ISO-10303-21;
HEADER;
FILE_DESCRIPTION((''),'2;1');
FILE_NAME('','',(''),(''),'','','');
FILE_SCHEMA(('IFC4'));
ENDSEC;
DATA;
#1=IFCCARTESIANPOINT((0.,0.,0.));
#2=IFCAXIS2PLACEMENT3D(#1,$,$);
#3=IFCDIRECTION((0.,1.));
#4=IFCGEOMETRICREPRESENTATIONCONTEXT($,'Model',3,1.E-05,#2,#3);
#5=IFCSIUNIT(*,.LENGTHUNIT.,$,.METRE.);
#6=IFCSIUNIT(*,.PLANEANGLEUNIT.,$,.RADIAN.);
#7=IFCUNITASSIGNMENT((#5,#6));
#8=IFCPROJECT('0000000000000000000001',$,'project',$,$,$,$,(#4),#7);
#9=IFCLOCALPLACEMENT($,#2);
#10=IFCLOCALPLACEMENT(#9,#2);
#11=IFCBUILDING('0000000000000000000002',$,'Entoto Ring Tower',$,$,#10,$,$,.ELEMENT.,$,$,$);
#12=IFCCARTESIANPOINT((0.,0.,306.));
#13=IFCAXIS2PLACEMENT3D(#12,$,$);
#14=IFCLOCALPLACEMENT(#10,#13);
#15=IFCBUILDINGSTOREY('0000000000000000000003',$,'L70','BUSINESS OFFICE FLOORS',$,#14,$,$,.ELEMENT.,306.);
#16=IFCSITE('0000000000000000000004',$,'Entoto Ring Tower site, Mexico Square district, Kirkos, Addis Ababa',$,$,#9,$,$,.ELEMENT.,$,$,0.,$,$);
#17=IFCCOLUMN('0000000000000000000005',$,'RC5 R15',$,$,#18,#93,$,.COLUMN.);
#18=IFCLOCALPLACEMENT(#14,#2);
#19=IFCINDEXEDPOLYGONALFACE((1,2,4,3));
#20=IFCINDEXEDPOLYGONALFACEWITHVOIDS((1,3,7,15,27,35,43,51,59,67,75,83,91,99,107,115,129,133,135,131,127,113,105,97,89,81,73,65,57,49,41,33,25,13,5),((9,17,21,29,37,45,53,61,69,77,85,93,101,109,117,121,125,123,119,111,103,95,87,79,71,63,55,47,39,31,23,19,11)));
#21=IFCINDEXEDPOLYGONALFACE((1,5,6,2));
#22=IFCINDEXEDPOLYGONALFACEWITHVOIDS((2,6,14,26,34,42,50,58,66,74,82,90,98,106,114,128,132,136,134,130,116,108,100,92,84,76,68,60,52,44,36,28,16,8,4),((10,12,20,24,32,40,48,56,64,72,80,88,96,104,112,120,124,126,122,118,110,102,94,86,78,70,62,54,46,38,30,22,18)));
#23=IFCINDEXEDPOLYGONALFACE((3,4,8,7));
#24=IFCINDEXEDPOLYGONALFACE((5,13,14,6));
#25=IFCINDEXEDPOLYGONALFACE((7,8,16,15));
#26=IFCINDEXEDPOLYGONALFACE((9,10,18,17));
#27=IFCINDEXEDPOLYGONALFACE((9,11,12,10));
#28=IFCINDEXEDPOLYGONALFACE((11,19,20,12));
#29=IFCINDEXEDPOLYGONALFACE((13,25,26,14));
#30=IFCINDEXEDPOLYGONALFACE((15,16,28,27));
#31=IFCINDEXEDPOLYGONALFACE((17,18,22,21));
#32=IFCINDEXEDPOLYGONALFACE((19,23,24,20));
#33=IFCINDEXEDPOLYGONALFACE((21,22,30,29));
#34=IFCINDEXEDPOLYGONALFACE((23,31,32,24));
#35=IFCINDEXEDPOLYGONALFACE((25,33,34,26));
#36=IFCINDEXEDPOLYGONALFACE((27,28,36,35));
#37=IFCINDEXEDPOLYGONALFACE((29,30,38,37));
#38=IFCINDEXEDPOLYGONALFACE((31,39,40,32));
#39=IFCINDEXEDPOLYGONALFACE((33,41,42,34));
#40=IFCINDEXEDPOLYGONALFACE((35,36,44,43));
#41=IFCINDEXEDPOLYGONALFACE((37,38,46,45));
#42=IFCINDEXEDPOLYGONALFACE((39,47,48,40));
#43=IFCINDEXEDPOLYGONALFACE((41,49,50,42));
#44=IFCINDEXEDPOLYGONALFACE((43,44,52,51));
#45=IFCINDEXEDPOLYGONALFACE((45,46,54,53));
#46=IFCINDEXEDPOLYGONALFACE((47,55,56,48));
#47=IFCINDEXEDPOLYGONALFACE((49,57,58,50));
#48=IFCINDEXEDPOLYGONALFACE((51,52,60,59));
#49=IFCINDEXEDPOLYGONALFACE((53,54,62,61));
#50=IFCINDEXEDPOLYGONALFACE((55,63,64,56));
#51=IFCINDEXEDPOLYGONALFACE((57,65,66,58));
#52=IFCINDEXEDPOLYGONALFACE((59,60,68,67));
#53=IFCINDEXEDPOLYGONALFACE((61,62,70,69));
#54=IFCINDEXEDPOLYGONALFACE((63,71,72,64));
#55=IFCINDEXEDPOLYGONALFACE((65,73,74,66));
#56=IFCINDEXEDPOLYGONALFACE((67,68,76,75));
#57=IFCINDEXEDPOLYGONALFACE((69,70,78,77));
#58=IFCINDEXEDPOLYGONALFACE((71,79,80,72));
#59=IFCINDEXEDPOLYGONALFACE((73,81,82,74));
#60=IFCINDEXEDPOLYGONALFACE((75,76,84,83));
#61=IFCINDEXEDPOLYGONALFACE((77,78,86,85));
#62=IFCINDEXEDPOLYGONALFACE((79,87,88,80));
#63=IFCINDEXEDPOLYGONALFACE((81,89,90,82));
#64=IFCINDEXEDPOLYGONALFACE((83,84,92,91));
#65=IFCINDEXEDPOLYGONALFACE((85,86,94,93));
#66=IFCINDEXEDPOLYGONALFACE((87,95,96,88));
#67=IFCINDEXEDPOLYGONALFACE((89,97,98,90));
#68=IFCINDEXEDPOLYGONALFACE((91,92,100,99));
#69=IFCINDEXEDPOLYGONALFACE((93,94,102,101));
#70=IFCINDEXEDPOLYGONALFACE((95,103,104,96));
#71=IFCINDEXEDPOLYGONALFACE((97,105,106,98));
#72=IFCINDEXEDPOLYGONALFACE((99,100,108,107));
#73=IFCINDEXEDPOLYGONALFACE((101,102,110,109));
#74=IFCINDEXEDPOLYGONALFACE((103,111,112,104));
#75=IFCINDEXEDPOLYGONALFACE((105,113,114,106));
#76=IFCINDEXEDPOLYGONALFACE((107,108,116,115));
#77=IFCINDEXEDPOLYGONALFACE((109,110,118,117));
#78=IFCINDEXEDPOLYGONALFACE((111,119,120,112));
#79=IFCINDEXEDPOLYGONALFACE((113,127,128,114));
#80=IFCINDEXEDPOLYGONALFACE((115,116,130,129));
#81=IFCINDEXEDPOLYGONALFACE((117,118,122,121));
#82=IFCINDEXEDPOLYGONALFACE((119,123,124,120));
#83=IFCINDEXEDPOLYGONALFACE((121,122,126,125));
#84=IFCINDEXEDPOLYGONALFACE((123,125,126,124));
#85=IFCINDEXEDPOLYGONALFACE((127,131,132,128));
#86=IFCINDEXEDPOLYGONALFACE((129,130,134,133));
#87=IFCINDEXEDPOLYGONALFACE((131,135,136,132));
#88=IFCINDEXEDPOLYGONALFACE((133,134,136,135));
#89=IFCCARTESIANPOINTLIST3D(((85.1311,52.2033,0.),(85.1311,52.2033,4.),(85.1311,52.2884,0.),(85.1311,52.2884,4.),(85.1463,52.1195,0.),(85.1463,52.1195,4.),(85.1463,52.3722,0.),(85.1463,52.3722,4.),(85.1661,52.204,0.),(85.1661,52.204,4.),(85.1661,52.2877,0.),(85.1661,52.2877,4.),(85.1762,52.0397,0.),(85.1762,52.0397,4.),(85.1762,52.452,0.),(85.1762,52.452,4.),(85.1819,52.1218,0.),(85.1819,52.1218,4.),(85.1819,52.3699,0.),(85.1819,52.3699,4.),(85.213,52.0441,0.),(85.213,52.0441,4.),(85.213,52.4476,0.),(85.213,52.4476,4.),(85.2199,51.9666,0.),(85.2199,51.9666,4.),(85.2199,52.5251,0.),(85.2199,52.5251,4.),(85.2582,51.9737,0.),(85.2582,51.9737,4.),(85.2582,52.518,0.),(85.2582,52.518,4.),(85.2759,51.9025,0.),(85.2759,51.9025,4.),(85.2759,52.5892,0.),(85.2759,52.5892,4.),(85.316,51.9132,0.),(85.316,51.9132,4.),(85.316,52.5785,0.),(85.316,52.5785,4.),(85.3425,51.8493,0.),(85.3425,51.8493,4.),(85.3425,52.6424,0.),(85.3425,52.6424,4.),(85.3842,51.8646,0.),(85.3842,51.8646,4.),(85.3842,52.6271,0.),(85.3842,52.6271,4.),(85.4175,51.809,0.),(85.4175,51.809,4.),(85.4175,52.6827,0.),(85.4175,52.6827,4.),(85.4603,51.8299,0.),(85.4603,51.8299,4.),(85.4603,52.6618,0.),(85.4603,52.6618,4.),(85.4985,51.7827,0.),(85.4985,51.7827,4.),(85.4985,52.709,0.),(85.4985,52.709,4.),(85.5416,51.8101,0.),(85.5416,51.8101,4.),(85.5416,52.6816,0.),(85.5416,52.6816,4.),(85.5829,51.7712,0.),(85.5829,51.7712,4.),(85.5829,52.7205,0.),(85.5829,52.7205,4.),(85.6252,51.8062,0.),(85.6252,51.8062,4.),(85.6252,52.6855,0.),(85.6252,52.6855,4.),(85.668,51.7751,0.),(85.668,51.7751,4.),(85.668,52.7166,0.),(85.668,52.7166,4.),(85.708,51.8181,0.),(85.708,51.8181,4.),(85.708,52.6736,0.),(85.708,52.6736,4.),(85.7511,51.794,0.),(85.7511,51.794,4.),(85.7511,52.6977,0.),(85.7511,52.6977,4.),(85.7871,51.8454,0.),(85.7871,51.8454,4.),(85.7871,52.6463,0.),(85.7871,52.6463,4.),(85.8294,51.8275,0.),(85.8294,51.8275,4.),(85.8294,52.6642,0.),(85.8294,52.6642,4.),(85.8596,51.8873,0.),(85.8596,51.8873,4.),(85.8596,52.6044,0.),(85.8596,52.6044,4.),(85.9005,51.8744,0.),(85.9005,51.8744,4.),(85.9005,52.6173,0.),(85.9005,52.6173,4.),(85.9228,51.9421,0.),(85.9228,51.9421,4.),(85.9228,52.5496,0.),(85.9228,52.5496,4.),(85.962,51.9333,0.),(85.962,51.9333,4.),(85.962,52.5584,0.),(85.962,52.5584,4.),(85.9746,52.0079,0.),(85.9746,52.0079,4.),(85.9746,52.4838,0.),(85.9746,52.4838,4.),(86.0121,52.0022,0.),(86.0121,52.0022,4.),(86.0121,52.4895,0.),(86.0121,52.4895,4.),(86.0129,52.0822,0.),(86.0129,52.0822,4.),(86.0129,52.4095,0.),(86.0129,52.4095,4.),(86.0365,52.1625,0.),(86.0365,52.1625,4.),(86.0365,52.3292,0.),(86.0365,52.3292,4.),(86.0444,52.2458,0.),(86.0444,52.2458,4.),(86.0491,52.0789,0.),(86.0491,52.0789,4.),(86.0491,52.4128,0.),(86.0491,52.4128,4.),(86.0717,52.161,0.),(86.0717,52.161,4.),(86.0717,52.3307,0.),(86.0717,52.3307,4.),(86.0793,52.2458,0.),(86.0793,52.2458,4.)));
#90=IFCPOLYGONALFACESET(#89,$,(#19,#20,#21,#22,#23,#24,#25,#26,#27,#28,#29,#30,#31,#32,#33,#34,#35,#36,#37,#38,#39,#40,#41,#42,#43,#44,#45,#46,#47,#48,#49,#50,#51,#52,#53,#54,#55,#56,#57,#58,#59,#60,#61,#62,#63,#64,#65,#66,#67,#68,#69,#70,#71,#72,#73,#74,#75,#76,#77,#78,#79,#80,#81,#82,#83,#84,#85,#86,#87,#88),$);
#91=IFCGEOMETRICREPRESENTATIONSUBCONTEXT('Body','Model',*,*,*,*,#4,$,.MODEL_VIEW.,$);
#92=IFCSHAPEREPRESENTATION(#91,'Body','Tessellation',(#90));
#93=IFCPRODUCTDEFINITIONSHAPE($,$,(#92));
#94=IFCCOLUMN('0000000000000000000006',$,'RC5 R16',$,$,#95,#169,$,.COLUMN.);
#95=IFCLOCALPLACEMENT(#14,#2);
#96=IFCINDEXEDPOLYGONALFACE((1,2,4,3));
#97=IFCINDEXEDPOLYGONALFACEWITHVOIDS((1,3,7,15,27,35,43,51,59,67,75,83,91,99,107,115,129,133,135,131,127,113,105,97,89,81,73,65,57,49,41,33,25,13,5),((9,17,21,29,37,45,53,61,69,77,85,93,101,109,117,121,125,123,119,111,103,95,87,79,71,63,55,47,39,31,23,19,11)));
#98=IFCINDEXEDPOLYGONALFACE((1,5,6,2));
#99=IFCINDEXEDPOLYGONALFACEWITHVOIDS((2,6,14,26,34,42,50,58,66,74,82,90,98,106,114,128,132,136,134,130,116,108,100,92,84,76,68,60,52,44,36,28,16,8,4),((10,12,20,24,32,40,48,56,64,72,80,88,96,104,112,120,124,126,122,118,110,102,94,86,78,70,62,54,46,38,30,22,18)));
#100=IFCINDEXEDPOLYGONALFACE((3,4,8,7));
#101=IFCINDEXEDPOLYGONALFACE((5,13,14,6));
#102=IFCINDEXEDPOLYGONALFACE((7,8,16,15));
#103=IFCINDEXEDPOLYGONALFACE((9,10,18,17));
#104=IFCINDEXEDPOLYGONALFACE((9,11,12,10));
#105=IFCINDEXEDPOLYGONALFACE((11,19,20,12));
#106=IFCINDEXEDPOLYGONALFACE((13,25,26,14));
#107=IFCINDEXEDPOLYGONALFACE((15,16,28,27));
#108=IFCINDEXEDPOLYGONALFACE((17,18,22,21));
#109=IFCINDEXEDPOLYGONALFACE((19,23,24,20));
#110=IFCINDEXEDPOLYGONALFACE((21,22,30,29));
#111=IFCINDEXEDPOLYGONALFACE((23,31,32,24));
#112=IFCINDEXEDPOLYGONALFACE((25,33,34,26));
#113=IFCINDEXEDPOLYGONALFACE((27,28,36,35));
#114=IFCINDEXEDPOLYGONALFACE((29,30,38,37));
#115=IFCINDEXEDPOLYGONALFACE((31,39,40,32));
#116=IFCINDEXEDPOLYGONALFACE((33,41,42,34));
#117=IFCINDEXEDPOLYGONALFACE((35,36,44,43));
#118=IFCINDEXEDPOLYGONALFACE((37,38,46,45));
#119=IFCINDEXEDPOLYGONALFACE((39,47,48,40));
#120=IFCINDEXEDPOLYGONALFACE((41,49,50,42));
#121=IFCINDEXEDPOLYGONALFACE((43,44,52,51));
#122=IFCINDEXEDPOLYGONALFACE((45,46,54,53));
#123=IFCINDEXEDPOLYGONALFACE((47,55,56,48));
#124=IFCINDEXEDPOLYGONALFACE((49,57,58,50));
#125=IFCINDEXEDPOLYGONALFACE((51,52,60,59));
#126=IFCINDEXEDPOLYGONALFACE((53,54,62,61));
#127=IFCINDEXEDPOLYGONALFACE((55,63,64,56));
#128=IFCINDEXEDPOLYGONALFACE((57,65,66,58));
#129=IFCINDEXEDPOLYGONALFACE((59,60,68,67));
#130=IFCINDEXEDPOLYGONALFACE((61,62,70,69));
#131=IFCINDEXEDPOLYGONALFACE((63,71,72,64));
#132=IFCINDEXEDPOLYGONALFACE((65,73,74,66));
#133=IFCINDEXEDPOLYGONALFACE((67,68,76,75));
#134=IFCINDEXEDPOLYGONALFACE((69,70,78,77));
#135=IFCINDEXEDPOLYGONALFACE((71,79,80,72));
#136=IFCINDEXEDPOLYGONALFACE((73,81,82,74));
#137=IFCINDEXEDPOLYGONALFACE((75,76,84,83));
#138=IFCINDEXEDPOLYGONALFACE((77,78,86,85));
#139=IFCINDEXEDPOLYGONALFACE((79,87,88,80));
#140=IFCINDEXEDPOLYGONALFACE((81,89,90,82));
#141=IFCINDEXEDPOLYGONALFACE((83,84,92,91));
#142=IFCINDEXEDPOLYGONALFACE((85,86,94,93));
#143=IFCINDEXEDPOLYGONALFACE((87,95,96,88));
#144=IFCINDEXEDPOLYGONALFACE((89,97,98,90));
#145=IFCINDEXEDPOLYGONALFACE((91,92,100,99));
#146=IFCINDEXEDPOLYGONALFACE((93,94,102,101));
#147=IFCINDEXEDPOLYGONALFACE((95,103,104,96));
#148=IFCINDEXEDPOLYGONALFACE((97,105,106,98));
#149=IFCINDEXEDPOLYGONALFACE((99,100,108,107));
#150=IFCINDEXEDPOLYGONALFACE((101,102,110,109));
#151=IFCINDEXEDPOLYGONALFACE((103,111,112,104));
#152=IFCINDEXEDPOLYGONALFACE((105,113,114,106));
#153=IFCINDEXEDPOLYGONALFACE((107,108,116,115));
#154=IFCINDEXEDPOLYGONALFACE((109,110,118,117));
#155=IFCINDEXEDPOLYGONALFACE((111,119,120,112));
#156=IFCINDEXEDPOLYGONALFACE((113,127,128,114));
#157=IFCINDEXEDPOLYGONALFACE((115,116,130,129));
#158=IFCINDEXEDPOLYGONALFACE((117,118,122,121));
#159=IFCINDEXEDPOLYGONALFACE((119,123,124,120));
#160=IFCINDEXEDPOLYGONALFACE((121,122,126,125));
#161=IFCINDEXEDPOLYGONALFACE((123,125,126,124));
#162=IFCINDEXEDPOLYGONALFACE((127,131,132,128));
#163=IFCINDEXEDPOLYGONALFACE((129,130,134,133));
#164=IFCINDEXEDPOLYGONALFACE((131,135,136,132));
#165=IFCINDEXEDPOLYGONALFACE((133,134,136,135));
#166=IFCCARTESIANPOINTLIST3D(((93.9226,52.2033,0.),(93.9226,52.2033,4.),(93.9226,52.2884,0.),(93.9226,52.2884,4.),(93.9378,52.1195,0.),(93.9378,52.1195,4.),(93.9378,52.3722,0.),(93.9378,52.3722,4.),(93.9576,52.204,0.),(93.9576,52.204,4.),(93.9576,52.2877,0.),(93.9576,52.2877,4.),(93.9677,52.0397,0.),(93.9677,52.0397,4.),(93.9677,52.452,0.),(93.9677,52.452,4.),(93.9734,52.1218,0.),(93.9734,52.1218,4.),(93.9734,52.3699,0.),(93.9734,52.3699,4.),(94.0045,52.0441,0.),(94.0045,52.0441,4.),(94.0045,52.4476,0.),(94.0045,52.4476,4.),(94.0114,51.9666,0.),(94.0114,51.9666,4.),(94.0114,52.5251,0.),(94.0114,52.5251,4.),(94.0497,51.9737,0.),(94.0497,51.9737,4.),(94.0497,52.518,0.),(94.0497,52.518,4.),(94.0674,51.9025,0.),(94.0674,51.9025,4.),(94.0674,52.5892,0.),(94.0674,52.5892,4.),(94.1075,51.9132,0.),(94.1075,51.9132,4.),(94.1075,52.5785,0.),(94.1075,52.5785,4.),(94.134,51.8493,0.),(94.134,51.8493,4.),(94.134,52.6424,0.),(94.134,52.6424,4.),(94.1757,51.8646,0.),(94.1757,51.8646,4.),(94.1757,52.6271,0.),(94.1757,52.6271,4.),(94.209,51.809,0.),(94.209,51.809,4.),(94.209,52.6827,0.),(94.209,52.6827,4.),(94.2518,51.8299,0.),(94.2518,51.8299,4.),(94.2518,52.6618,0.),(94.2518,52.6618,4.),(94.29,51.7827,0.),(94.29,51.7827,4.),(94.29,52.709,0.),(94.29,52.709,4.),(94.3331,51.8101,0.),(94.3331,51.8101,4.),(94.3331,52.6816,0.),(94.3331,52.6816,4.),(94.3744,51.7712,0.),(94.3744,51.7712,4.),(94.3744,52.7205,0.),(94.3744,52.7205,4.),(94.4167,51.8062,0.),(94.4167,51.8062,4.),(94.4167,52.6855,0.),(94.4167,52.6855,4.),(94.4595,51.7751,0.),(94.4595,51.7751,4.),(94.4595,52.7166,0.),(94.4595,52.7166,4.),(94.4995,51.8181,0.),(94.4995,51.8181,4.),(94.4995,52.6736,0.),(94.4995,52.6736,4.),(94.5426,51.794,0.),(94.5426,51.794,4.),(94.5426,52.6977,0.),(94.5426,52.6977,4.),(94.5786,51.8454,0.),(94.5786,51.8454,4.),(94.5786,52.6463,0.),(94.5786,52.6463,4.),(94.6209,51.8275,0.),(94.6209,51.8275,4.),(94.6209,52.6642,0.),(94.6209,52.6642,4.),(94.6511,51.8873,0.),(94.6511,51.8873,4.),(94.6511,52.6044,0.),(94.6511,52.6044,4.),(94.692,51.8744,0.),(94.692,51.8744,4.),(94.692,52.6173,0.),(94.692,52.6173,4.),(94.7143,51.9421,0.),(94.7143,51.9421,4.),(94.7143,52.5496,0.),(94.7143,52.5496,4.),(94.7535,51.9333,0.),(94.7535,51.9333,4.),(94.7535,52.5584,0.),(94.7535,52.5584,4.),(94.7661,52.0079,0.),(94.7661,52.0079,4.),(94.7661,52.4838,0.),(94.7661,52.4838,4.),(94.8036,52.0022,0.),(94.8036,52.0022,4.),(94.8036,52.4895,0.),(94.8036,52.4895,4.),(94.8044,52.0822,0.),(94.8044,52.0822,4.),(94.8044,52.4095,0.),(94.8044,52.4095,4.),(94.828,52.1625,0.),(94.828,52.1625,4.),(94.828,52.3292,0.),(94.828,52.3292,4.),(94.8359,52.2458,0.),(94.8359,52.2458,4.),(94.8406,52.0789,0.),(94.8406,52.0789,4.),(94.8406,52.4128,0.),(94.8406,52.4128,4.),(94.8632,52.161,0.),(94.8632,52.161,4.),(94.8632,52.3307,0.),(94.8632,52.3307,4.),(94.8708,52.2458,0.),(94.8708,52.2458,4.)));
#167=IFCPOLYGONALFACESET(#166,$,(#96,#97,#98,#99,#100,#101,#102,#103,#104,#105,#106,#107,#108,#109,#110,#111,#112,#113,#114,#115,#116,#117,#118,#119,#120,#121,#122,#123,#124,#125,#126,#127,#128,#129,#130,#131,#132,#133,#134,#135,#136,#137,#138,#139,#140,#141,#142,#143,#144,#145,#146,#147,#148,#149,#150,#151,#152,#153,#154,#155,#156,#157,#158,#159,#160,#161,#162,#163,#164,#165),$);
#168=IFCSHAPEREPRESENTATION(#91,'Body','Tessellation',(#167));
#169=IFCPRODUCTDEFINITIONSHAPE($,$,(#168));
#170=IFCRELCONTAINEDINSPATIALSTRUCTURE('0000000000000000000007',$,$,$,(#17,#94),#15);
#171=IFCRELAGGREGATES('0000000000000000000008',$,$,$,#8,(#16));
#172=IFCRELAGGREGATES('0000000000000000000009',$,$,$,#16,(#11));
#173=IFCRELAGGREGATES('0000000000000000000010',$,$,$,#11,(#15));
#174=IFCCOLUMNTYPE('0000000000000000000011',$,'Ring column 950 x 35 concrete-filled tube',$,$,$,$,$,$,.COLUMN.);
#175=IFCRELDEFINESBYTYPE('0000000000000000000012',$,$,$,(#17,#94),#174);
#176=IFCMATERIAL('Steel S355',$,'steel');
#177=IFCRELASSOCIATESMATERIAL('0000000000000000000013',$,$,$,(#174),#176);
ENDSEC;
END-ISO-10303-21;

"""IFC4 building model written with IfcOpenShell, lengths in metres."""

from ifc_helpers import new_model, si_unit, direction, frame, origin, origin_2d, place, context, subcontext, project, spatial, circle, hollow_circle, extrude, material, material_profile, profile_set, type_object, element, save


model = new_model("IFC4")

# Units and contexts
model_context = context("Model", 3, precision=1e-05, world=origin(), true_north=direction((0.0, 1.0)))
body_context = subcontext(model_context, "Body", "Model", "MODEL_VIEW")
ifc_project = project(units=[si_unit("LENGTHUNIT", "METRE"), si_unit("PLANEANGLEUNIT", "RADIAN")], contexts=[model_context])

# Site, building, storey
site_placement = place(None, origin())
site = spatial("IfcSite", under=ifc_project, at=site_placement, Name="Entoto Ring Tower site, Mexico Square district, Kirkos, Addis Ababa", CompositionType="ELEMENT", RefElevation=0.0)
building_placement = place(site_placement, origin())
building = spatial("IfcBuilding", under=site, at=building_placement, Name="Entoto Ring Tower", CompositionType="ELEMENT")
storey_placement = place(building_placement, frame((0.0, 0.0, 306.0)))
storey = spatial("IfcBuildingStorey", under=building, at=storey_placement, Name="L70", Description="BUSINESS OFFICE FLOORS", CompositionType="ELEMENT", Elevation=306.0)

# Columns
ifc_material_1 = material(Name="Steel S355", Category="steel")
ifc_material_profile_1 = material_profile(ifc_material_1, hollow_circle(Radius=0.4751, WallThickness=0.0349, at=origin_2d()), Name="CHS 950 x 35")
ifc_material_2 = material(Name="Concrete C60/75", Category="concrete")
ifc_material_profile_2 = material_profile(ifc_material_2, circle(Radius=0.4399, at=origin_2d()), Name="Concrete C60/75 infill")
ifc_profile_set_1 = profile_set([ifc_material_profile_1, ifc_material_profile_2], Name="Steel S355")
column_type = type_object("IfcColumnType", Name="Ring column 950 x 35 concrete-filled tube", PredefinedType="COLUMN", material=ifc_profile_set_1)
for number, where, z_axis, x_axis, name in (
    (1, (85.6042, 52.2458, 0.0), (0.0, 0.0, 1.0), (1.0, 0.0, 0.0), "RC5 R15"),
    (2, (94.3958, 52.2458, 0.0), (0.0, 0.0, 1.0), (1.0, 0.0, 0.0), "RC5 R16"),
):
    element("IfcColumn", number, at=place(storey_placement, frame(where, z_axis=z_axis, x_axis=x_axis)), inside=storey, type_object=column_type, Name=name, PredefinedType="COLUMN", context=body_context, shape_type="SweptSolid", body=[
        extrude(hollow_circle(Radius=0.4751, WallThickness=0.0349, at=origin_2d()), origin(), (0.0, 0.0, 1.0), 4.0),
    ])

save(model, "model.ifc")
